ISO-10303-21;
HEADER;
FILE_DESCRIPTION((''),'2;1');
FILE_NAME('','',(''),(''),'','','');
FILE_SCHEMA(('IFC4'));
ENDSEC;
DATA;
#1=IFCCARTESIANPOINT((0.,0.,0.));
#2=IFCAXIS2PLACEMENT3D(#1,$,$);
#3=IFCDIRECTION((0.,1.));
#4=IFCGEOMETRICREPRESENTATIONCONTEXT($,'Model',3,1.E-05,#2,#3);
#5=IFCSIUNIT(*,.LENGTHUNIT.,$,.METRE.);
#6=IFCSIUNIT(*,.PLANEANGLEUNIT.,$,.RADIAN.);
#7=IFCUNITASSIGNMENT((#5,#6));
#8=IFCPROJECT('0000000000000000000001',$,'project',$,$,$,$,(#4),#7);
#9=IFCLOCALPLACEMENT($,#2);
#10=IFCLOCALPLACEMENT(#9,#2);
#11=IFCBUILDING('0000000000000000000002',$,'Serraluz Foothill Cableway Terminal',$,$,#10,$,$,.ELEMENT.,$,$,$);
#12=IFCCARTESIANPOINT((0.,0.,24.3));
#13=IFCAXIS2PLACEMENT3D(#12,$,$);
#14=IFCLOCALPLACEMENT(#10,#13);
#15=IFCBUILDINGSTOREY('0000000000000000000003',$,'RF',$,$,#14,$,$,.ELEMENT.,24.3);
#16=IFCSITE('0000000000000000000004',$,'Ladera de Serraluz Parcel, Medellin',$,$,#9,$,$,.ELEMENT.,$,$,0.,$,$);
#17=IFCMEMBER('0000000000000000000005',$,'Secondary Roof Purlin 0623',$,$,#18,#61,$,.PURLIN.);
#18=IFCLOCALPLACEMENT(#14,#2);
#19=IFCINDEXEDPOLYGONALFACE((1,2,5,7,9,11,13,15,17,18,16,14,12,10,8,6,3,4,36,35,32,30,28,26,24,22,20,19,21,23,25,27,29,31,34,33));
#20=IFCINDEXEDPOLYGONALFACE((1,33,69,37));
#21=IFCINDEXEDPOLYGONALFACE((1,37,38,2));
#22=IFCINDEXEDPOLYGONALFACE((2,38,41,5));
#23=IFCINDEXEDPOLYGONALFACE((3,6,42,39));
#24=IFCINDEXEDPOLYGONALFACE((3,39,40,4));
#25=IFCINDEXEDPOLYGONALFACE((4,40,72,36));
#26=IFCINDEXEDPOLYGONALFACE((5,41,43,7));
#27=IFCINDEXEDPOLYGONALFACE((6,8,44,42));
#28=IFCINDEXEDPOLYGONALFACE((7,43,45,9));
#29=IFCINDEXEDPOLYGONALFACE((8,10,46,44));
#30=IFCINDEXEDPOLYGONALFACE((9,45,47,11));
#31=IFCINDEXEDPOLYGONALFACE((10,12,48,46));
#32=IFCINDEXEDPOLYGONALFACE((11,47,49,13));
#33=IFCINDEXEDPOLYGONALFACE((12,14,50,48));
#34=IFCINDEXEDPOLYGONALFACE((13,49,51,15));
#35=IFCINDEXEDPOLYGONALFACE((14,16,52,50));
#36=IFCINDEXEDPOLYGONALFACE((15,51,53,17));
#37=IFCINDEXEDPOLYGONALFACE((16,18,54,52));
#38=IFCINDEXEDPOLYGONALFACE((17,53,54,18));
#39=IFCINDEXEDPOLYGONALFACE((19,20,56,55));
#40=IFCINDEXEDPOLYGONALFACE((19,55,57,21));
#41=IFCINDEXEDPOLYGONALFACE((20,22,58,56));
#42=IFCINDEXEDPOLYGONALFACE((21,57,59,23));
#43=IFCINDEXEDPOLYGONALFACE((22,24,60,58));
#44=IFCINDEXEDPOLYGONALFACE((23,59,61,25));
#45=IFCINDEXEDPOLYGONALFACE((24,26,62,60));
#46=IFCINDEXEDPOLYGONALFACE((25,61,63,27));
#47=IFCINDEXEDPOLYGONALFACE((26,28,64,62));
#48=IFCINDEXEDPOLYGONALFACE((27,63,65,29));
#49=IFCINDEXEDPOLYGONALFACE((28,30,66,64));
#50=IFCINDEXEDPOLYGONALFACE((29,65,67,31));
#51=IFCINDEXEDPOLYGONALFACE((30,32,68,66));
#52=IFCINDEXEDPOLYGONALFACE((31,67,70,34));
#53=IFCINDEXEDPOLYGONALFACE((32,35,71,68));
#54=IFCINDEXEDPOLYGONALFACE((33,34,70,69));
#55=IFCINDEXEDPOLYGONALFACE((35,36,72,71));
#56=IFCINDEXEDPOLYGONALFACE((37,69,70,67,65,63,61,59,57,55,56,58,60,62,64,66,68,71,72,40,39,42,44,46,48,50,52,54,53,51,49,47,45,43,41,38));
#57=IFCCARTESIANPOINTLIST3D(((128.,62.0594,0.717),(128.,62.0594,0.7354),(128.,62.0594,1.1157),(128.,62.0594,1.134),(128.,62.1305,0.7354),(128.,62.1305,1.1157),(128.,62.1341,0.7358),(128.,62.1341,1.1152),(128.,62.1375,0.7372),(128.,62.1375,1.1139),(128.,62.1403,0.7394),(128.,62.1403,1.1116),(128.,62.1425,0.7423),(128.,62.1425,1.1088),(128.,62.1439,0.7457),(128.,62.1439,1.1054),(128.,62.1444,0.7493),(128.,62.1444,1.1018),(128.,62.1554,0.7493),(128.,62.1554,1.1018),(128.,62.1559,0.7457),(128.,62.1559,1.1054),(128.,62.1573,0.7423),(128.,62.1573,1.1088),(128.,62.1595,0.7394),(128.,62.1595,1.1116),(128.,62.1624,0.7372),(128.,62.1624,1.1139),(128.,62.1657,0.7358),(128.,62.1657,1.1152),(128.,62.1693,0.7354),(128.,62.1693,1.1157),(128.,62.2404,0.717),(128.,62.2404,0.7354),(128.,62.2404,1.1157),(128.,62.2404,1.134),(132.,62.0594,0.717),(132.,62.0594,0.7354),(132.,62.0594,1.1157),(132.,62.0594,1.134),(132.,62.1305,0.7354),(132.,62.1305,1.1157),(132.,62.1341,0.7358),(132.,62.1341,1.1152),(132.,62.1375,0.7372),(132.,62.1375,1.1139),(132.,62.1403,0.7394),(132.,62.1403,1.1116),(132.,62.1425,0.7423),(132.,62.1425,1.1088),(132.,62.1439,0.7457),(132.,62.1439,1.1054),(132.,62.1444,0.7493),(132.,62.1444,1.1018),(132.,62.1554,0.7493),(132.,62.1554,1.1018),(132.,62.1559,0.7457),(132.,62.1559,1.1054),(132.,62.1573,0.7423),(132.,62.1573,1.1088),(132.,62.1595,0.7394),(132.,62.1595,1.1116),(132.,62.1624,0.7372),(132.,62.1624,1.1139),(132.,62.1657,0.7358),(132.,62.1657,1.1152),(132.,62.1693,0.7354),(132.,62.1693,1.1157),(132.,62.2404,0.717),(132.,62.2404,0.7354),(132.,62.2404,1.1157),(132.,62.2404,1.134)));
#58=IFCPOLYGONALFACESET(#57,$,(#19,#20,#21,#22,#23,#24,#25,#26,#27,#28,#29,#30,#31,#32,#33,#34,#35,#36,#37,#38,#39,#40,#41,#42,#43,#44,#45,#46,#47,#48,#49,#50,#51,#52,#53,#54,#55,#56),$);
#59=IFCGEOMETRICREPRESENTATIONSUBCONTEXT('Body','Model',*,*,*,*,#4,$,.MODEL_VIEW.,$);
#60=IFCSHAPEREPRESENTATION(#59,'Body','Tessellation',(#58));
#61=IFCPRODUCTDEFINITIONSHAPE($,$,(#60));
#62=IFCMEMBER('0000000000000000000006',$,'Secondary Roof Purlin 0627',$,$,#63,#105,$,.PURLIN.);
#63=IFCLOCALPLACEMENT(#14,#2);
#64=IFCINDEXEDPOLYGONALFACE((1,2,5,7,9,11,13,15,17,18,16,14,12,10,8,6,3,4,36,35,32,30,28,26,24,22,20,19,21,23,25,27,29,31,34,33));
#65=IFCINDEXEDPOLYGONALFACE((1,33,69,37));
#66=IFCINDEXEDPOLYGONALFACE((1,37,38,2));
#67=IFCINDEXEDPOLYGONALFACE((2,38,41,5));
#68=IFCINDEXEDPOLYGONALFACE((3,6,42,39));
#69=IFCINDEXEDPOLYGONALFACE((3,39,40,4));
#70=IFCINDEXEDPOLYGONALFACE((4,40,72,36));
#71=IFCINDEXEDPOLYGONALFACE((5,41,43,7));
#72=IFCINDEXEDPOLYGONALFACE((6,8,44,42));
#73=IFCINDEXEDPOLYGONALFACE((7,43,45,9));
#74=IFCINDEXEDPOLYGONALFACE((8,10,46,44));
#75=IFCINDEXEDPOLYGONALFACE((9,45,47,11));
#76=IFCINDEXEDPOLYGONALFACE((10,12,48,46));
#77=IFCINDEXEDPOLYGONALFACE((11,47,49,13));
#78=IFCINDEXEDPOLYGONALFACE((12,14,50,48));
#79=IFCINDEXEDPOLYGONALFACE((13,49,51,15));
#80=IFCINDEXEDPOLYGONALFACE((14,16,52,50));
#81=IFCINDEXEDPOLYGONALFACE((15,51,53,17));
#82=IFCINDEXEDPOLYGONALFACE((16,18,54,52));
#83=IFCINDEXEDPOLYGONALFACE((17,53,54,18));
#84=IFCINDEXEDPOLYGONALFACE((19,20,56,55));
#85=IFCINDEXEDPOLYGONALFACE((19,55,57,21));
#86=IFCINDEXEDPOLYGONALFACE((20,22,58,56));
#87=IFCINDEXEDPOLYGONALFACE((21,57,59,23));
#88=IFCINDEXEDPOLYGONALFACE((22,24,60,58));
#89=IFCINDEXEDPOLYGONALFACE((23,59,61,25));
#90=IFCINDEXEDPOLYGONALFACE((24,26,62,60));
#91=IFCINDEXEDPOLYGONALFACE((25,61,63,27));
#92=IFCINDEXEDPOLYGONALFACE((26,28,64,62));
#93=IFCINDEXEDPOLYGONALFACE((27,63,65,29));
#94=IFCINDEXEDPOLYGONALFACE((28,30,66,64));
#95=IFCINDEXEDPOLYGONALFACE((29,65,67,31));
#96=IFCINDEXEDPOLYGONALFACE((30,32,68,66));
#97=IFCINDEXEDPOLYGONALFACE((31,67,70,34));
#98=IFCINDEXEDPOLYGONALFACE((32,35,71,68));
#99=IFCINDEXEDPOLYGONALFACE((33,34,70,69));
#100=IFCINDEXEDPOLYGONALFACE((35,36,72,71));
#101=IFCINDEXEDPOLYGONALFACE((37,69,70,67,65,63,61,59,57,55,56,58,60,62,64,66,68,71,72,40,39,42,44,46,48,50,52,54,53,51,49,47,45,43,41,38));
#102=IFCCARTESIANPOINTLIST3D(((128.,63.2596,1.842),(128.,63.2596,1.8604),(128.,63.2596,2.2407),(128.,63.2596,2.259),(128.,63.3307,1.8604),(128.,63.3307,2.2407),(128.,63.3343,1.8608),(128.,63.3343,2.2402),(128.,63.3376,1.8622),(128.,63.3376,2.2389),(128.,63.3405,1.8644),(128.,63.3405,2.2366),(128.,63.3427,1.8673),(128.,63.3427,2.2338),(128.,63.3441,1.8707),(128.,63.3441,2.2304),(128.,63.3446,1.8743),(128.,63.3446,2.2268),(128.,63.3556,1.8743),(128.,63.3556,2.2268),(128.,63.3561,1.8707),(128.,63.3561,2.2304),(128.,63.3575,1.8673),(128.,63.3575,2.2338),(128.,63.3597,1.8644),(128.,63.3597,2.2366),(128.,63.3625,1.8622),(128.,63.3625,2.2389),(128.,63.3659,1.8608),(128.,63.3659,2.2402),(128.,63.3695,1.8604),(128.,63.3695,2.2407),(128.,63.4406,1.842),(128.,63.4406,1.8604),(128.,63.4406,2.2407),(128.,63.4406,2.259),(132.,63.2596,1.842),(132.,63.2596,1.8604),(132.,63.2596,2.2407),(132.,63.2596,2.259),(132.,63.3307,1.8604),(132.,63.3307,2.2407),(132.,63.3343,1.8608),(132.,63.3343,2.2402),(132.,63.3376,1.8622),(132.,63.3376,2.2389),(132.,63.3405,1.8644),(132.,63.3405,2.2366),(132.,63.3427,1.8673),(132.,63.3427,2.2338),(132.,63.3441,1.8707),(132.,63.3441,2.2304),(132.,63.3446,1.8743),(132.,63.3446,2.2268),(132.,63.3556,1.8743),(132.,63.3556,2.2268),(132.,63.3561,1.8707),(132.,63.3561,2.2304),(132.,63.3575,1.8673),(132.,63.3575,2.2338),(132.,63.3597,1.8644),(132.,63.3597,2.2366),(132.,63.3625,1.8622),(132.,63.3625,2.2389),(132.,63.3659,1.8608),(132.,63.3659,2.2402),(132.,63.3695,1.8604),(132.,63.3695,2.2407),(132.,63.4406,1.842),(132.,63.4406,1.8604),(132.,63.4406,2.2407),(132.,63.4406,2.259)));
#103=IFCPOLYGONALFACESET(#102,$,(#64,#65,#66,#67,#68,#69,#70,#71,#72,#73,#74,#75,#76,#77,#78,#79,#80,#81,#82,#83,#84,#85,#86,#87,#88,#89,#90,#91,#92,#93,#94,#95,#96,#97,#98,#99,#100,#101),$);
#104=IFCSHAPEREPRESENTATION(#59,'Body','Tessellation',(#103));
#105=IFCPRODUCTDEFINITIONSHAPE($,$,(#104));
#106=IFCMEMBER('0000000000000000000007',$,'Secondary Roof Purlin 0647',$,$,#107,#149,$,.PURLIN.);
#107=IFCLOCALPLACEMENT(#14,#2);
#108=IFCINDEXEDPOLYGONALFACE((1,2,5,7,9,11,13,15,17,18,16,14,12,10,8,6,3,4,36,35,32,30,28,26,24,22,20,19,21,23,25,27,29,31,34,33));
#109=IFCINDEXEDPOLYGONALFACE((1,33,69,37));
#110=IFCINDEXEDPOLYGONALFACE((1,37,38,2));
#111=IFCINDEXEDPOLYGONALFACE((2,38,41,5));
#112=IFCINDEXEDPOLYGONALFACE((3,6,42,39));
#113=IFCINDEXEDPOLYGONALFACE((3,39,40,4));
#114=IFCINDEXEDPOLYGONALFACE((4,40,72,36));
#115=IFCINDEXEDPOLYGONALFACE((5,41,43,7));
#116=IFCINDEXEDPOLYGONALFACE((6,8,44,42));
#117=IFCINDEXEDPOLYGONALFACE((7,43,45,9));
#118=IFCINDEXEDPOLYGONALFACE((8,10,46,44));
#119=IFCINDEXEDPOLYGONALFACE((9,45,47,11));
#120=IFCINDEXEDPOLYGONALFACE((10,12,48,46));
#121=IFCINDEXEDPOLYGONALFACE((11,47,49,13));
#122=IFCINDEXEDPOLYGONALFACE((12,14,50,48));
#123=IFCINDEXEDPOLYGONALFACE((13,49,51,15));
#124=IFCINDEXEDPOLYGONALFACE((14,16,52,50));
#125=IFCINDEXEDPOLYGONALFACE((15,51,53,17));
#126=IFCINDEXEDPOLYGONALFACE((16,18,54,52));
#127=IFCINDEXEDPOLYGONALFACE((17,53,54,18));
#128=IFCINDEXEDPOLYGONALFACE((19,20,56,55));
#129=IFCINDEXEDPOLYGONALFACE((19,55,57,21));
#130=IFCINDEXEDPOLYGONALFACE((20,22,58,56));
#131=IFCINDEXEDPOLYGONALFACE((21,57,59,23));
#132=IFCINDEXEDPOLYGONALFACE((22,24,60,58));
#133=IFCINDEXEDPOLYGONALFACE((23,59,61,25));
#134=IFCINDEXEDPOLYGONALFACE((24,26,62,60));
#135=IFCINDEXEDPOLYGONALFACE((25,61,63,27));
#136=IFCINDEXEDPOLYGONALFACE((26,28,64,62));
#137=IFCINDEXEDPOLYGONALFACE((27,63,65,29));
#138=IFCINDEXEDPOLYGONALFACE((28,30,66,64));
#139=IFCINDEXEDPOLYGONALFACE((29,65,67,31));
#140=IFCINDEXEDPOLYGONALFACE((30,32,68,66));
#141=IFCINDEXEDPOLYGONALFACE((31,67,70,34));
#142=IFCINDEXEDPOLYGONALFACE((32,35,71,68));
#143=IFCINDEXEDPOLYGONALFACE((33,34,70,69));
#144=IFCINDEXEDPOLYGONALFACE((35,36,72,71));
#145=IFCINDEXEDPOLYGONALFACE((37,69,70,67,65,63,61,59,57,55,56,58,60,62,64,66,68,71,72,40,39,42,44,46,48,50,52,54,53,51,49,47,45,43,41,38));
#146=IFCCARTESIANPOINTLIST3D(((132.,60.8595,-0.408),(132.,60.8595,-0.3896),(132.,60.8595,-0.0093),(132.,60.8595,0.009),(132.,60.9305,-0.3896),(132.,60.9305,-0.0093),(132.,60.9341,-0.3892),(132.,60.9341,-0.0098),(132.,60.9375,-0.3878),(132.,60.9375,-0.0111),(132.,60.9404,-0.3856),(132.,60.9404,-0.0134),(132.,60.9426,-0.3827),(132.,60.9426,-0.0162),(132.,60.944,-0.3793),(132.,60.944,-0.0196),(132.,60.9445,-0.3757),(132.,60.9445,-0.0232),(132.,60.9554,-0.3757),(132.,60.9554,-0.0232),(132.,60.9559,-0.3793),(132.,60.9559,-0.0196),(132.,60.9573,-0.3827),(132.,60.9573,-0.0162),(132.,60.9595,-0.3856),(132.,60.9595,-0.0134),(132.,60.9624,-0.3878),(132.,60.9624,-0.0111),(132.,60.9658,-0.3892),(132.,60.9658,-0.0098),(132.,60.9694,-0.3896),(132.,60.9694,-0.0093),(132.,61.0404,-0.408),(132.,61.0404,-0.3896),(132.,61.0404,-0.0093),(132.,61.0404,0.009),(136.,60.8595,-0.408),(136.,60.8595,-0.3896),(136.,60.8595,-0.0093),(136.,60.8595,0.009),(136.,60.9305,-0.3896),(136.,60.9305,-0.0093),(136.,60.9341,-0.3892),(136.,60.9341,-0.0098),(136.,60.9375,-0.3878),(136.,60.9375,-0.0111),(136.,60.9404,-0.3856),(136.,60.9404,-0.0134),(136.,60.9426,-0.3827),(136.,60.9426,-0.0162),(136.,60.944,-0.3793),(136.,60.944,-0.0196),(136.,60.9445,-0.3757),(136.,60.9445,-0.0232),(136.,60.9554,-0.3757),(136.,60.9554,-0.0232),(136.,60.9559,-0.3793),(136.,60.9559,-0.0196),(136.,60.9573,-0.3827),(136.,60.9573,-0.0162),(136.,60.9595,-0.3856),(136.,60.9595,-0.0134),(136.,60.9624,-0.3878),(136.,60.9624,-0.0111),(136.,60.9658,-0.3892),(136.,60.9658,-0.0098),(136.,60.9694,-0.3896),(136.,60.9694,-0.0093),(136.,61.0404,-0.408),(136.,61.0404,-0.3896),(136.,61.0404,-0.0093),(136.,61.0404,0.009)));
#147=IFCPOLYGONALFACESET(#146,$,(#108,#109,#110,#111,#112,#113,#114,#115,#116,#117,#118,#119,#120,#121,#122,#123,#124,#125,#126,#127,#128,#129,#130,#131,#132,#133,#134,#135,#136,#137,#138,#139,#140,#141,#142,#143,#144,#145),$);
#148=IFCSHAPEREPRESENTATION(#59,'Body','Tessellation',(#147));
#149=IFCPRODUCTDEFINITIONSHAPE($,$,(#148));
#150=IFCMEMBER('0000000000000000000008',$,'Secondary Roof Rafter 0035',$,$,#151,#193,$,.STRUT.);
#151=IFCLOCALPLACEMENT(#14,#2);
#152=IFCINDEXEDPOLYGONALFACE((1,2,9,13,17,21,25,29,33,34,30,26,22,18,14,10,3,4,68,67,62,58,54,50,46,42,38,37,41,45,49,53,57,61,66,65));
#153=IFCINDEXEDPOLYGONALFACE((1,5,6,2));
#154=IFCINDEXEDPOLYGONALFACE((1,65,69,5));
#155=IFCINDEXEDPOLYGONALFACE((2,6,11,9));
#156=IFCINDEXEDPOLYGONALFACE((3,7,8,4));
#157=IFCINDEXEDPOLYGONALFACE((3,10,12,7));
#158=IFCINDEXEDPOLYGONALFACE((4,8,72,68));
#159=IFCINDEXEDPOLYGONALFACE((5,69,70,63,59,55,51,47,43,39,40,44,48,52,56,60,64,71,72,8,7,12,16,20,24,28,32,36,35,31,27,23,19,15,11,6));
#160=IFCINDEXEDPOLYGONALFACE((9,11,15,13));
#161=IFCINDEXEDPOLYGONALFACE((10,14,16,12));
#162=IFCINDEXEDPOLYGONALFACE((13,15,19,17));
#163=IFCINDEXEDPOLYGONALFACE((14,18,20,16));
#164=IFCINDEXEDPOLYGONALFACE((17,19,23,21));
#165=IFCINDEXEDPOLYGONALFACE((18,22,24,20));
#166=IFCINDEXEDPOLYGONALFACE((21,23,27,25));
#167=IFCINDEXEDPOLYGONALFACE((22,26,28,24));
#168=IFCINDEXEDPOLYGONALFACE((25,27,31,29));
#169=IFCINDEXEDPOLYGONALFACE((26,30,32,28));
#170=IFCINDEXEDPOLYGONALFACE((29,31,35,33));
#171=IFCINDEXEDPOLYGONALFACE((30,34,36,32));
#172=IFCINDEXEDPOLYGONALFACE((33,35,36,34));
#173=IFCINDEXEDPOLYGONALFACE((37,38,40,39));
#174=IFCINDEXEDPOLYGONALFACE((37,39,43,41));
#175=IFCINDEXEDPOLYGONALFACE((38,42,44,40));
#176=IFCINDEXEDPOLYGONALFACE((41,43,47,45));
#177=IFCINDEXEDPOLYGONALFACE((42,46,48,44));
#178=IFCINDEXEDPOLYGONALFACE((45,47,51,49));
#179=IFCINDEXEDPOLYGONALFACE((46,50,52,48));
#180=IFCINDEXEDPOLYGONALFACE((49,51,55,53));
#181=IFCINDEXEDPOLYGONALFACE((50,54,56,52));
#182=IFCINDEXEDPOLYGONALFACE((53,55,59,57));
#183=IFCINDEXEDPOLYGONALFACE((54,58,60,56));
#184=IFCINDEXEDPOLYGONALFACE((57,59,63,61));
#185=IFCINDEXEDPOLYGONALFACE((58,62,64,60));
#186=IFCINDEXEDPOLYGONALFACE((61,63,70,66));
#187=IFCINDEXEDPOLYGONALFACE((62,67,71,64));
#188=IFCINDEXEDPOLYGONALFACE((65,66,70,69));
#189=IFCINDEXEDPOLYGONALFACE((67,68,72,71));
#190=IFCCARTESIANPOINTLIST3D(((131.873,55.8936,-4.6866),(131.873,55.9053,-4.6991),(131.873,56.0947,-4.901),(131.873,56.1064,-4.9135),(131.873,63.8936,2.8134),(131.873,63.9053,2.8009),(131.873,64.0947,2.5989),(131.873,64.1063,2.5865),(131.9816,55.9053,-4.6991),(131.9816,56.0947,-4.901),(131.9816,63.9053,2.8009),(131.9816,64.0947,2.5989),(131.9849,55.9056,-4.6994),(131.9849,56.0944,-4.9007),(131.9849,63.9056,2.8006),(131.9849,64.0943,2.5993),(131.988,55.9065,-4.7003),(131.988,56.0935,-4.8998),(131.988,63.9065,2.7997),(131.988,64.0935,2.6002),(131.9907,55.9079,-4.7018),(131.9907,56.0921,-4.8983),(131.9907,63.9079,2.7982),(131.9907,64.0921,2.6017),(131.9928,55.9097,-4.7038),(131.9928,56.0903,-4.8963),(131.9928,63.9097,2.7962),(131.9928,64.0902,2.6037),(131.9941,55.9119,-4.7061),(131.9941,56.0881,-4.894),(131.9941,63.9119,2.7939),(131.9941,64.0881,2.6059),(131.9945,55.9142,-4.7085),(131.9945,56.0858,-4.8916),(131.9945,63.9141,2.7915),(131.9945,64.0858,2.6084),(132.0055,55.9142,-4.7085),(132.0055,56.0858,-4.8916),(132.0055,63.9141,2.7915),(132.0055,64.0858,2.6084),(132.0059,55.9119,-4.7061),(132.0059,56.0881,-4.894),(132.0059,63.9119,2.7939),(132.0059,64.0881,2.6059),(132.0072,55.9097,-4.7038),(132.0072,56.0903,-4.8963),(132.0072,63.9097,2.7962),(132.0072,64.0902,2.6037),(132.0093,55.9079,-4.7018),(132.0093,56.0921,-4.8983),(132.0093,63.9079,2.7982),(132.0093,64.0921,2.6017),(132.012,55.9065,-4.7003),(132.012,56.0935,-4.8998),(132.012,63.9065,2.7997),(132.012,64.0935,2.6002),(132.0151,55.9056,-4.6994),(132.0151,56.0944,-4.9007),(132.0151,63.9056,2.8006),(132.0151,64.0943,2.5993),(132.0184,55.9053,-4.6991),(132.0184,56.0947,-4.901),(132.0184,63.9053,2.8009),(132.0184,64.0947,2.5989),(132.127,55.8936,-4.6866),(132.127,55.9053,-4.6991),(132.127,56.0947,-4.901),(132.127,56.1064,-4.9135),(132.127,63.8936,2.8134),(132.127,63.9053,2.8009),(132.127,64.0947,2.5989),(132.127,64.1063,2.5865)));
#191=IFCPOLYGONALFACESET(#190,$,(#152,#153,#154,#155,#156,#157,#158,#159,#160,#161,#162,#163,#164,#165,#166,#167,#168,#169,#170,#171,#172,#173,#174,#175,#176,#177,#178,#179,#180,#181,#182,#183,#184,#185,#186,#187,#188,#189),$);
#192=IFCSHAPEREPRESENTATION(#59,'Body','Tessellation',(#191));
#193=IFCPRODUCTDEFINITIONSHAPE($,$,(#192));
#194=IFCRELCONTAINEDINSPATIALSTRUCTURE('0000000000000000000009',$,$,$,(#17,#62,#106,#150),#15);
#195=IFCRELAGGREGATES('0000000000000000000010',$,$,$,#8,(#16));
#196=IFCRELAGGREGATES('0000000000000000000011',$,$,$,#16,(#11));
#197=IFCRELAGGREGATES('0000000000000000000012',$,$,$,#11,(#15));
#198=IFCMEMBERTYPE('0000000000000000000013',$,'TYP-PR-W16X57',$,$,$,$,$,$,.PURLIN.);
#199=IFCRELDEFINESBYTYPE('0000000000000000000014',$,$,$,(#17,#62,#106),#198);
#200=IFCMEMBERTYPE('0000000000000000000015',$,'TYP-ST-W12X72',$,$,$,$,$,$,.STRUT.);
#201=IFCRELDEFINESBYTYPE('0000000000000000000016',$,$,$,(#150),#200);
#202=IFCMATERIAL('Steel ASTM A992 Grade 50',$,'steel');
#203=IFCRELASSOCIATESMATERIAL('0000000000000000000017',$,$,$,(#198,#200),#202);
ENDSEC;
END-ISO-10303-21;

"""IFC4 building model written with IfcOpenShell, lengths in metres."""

from ifc_helpers import new_model, si_unit, direction, frame, origin, origin_2d, place, context, subcontext, project, spatial, i_section, extrude, material, material_profile, profile_set, type_object, element, save


model = new_model("IFC4")

# Units and contexts
model_context = context("Model", 3, precision=1e-05, world=origin(), true_north=direction((0.0, 1.0)))
body_context = subcontext(model_context, "Body", "Model", "MODEL_VIEW")
ifc_project = project(units=[si_unit("LENGTHUNIT", "METRE"), si_unit("PLANEANGLEUNIT", "RADIAN")], contexts=[model_context])

# Site, building, storey
site_placement = place(None, origin())
site = spatial("IfcSite", under=ifc_project, at=site_placement, Name="Ladera de Serraluz Parcel, Medellin", CompositionType="ELEMENT", RefElevation=0.0)
building_placement = place(site_placement, origin())
building = spatial("IfcBuilding", under=site, at=building_placement, Name="Serraluz Foothill Cableway Terminal", CompositionType="ELEMENT")
storey_placement = place(building_placement, frame((0.0, 0.0, 24.3)))
storey = spatial("IfcBuildingStorey", under=building, at=storey_placement, Name="RF", CompositionType="ELEMENT", Elevation=24.3)

# Members
ifc_material_1 = material(Name="Steel ASTM A992 Grade 50", Category="steel")
ifc_material_profile_1 = material_profile(ifc_material_1, i_section(OverallWidth=0.1809, OverallDepth=0.417, WebThickness=0.011, FlangeThickness=0.0183, FilletRadius=0.0139, at=origin_2d()), Name="W16X57")
ifc_profile_set_1 = profile_set([ifc_material_profile_1], Name="Steel ASTM A992 Grade 50")
member_type_1 = type_object("IfcMemberType", Name="TYP-PR-W16X57", PredefinedType="PURLIN", material=ifc_profile_set_1)
for number, where, z_axis, x_axis, name in (
    (1, (128.0, 62.1499, 0.9255), (1.0, 0.0, 0.0), (0.0, 1.0, 0.0), "Secondary Roof Purlin 0623"),
    (2, (128.0, 63.3501, 2.0505), (1.0, 0.0, 0.0), (0.0, 1.0, 0.0), "Secondary Roof Purlin 0627"),
    (3, (132.0, 60.95, -0.1995), (1.0, 0.0, 0.0), (0.0, 1.0, 0.0), "Secondary Roof Purlin 0647"),
):
    element("IfcMember", number, at=place(storey_placement, frame(where, z_axis=z_axis, x_axis=x_axis)), inside=storey, type_object=member_type_1, Name=name, PredefinedType="PURLIN", context=body_context, shape_type="SweptSolid", body=[
        extrude(i_section(OverallWidth=0.1809, OverallDepth=0.417, WebThickness=0.011, FlangeThickness=0.0183, FilletRadius=0.0139, at=origin_2d()), origin(), (0.0, 0.0, 1.0), 4.0),
    ])
ifc_material_profile_2 = material_profile(ifc_material_1, i_section(OverallWidth=0.2539, OverallDepth=0.311, WebThickness=0.011, FlangeThickness=0.0171, FilletRadius=0.0129, at=origin_2d()), Name="W12X72")
ifc_profile_set_2 = profile_set([ifc_material_profile_2], Name="Steel ASTM A992 Grade 50")
member_type_2 = type_object("IfcMemberType", Name="TYP-ST-W12X72", PredefinedType="STRUT", material=ifc_profile_set_2)
member_placement = place(storey_placement, frame((132.0, 56.0, -4.8), z_axis=(0.0, 0.729537, 0.683941), x_axis=(-1.0, 0.0, 0.0)))
element("IfcMember", 4, at=member_placement, inside=storey, type_object=member_type_2, Name="Secondary Roof Rafter 0035", PredefinedType="STRUT", context=body_context, shape_type="SweptSolid", body=[
    extrude(i_section(OverallWidth=0.2539, OverallDepth=0.311, WebThickness=0.011, FlangeThickness=0.0171, FilletRadius=0.0129, at=origin_2d()), origin(), (0.0, 0.0, 1.0), 10.9658),
])

save(model, "model.ifc")
